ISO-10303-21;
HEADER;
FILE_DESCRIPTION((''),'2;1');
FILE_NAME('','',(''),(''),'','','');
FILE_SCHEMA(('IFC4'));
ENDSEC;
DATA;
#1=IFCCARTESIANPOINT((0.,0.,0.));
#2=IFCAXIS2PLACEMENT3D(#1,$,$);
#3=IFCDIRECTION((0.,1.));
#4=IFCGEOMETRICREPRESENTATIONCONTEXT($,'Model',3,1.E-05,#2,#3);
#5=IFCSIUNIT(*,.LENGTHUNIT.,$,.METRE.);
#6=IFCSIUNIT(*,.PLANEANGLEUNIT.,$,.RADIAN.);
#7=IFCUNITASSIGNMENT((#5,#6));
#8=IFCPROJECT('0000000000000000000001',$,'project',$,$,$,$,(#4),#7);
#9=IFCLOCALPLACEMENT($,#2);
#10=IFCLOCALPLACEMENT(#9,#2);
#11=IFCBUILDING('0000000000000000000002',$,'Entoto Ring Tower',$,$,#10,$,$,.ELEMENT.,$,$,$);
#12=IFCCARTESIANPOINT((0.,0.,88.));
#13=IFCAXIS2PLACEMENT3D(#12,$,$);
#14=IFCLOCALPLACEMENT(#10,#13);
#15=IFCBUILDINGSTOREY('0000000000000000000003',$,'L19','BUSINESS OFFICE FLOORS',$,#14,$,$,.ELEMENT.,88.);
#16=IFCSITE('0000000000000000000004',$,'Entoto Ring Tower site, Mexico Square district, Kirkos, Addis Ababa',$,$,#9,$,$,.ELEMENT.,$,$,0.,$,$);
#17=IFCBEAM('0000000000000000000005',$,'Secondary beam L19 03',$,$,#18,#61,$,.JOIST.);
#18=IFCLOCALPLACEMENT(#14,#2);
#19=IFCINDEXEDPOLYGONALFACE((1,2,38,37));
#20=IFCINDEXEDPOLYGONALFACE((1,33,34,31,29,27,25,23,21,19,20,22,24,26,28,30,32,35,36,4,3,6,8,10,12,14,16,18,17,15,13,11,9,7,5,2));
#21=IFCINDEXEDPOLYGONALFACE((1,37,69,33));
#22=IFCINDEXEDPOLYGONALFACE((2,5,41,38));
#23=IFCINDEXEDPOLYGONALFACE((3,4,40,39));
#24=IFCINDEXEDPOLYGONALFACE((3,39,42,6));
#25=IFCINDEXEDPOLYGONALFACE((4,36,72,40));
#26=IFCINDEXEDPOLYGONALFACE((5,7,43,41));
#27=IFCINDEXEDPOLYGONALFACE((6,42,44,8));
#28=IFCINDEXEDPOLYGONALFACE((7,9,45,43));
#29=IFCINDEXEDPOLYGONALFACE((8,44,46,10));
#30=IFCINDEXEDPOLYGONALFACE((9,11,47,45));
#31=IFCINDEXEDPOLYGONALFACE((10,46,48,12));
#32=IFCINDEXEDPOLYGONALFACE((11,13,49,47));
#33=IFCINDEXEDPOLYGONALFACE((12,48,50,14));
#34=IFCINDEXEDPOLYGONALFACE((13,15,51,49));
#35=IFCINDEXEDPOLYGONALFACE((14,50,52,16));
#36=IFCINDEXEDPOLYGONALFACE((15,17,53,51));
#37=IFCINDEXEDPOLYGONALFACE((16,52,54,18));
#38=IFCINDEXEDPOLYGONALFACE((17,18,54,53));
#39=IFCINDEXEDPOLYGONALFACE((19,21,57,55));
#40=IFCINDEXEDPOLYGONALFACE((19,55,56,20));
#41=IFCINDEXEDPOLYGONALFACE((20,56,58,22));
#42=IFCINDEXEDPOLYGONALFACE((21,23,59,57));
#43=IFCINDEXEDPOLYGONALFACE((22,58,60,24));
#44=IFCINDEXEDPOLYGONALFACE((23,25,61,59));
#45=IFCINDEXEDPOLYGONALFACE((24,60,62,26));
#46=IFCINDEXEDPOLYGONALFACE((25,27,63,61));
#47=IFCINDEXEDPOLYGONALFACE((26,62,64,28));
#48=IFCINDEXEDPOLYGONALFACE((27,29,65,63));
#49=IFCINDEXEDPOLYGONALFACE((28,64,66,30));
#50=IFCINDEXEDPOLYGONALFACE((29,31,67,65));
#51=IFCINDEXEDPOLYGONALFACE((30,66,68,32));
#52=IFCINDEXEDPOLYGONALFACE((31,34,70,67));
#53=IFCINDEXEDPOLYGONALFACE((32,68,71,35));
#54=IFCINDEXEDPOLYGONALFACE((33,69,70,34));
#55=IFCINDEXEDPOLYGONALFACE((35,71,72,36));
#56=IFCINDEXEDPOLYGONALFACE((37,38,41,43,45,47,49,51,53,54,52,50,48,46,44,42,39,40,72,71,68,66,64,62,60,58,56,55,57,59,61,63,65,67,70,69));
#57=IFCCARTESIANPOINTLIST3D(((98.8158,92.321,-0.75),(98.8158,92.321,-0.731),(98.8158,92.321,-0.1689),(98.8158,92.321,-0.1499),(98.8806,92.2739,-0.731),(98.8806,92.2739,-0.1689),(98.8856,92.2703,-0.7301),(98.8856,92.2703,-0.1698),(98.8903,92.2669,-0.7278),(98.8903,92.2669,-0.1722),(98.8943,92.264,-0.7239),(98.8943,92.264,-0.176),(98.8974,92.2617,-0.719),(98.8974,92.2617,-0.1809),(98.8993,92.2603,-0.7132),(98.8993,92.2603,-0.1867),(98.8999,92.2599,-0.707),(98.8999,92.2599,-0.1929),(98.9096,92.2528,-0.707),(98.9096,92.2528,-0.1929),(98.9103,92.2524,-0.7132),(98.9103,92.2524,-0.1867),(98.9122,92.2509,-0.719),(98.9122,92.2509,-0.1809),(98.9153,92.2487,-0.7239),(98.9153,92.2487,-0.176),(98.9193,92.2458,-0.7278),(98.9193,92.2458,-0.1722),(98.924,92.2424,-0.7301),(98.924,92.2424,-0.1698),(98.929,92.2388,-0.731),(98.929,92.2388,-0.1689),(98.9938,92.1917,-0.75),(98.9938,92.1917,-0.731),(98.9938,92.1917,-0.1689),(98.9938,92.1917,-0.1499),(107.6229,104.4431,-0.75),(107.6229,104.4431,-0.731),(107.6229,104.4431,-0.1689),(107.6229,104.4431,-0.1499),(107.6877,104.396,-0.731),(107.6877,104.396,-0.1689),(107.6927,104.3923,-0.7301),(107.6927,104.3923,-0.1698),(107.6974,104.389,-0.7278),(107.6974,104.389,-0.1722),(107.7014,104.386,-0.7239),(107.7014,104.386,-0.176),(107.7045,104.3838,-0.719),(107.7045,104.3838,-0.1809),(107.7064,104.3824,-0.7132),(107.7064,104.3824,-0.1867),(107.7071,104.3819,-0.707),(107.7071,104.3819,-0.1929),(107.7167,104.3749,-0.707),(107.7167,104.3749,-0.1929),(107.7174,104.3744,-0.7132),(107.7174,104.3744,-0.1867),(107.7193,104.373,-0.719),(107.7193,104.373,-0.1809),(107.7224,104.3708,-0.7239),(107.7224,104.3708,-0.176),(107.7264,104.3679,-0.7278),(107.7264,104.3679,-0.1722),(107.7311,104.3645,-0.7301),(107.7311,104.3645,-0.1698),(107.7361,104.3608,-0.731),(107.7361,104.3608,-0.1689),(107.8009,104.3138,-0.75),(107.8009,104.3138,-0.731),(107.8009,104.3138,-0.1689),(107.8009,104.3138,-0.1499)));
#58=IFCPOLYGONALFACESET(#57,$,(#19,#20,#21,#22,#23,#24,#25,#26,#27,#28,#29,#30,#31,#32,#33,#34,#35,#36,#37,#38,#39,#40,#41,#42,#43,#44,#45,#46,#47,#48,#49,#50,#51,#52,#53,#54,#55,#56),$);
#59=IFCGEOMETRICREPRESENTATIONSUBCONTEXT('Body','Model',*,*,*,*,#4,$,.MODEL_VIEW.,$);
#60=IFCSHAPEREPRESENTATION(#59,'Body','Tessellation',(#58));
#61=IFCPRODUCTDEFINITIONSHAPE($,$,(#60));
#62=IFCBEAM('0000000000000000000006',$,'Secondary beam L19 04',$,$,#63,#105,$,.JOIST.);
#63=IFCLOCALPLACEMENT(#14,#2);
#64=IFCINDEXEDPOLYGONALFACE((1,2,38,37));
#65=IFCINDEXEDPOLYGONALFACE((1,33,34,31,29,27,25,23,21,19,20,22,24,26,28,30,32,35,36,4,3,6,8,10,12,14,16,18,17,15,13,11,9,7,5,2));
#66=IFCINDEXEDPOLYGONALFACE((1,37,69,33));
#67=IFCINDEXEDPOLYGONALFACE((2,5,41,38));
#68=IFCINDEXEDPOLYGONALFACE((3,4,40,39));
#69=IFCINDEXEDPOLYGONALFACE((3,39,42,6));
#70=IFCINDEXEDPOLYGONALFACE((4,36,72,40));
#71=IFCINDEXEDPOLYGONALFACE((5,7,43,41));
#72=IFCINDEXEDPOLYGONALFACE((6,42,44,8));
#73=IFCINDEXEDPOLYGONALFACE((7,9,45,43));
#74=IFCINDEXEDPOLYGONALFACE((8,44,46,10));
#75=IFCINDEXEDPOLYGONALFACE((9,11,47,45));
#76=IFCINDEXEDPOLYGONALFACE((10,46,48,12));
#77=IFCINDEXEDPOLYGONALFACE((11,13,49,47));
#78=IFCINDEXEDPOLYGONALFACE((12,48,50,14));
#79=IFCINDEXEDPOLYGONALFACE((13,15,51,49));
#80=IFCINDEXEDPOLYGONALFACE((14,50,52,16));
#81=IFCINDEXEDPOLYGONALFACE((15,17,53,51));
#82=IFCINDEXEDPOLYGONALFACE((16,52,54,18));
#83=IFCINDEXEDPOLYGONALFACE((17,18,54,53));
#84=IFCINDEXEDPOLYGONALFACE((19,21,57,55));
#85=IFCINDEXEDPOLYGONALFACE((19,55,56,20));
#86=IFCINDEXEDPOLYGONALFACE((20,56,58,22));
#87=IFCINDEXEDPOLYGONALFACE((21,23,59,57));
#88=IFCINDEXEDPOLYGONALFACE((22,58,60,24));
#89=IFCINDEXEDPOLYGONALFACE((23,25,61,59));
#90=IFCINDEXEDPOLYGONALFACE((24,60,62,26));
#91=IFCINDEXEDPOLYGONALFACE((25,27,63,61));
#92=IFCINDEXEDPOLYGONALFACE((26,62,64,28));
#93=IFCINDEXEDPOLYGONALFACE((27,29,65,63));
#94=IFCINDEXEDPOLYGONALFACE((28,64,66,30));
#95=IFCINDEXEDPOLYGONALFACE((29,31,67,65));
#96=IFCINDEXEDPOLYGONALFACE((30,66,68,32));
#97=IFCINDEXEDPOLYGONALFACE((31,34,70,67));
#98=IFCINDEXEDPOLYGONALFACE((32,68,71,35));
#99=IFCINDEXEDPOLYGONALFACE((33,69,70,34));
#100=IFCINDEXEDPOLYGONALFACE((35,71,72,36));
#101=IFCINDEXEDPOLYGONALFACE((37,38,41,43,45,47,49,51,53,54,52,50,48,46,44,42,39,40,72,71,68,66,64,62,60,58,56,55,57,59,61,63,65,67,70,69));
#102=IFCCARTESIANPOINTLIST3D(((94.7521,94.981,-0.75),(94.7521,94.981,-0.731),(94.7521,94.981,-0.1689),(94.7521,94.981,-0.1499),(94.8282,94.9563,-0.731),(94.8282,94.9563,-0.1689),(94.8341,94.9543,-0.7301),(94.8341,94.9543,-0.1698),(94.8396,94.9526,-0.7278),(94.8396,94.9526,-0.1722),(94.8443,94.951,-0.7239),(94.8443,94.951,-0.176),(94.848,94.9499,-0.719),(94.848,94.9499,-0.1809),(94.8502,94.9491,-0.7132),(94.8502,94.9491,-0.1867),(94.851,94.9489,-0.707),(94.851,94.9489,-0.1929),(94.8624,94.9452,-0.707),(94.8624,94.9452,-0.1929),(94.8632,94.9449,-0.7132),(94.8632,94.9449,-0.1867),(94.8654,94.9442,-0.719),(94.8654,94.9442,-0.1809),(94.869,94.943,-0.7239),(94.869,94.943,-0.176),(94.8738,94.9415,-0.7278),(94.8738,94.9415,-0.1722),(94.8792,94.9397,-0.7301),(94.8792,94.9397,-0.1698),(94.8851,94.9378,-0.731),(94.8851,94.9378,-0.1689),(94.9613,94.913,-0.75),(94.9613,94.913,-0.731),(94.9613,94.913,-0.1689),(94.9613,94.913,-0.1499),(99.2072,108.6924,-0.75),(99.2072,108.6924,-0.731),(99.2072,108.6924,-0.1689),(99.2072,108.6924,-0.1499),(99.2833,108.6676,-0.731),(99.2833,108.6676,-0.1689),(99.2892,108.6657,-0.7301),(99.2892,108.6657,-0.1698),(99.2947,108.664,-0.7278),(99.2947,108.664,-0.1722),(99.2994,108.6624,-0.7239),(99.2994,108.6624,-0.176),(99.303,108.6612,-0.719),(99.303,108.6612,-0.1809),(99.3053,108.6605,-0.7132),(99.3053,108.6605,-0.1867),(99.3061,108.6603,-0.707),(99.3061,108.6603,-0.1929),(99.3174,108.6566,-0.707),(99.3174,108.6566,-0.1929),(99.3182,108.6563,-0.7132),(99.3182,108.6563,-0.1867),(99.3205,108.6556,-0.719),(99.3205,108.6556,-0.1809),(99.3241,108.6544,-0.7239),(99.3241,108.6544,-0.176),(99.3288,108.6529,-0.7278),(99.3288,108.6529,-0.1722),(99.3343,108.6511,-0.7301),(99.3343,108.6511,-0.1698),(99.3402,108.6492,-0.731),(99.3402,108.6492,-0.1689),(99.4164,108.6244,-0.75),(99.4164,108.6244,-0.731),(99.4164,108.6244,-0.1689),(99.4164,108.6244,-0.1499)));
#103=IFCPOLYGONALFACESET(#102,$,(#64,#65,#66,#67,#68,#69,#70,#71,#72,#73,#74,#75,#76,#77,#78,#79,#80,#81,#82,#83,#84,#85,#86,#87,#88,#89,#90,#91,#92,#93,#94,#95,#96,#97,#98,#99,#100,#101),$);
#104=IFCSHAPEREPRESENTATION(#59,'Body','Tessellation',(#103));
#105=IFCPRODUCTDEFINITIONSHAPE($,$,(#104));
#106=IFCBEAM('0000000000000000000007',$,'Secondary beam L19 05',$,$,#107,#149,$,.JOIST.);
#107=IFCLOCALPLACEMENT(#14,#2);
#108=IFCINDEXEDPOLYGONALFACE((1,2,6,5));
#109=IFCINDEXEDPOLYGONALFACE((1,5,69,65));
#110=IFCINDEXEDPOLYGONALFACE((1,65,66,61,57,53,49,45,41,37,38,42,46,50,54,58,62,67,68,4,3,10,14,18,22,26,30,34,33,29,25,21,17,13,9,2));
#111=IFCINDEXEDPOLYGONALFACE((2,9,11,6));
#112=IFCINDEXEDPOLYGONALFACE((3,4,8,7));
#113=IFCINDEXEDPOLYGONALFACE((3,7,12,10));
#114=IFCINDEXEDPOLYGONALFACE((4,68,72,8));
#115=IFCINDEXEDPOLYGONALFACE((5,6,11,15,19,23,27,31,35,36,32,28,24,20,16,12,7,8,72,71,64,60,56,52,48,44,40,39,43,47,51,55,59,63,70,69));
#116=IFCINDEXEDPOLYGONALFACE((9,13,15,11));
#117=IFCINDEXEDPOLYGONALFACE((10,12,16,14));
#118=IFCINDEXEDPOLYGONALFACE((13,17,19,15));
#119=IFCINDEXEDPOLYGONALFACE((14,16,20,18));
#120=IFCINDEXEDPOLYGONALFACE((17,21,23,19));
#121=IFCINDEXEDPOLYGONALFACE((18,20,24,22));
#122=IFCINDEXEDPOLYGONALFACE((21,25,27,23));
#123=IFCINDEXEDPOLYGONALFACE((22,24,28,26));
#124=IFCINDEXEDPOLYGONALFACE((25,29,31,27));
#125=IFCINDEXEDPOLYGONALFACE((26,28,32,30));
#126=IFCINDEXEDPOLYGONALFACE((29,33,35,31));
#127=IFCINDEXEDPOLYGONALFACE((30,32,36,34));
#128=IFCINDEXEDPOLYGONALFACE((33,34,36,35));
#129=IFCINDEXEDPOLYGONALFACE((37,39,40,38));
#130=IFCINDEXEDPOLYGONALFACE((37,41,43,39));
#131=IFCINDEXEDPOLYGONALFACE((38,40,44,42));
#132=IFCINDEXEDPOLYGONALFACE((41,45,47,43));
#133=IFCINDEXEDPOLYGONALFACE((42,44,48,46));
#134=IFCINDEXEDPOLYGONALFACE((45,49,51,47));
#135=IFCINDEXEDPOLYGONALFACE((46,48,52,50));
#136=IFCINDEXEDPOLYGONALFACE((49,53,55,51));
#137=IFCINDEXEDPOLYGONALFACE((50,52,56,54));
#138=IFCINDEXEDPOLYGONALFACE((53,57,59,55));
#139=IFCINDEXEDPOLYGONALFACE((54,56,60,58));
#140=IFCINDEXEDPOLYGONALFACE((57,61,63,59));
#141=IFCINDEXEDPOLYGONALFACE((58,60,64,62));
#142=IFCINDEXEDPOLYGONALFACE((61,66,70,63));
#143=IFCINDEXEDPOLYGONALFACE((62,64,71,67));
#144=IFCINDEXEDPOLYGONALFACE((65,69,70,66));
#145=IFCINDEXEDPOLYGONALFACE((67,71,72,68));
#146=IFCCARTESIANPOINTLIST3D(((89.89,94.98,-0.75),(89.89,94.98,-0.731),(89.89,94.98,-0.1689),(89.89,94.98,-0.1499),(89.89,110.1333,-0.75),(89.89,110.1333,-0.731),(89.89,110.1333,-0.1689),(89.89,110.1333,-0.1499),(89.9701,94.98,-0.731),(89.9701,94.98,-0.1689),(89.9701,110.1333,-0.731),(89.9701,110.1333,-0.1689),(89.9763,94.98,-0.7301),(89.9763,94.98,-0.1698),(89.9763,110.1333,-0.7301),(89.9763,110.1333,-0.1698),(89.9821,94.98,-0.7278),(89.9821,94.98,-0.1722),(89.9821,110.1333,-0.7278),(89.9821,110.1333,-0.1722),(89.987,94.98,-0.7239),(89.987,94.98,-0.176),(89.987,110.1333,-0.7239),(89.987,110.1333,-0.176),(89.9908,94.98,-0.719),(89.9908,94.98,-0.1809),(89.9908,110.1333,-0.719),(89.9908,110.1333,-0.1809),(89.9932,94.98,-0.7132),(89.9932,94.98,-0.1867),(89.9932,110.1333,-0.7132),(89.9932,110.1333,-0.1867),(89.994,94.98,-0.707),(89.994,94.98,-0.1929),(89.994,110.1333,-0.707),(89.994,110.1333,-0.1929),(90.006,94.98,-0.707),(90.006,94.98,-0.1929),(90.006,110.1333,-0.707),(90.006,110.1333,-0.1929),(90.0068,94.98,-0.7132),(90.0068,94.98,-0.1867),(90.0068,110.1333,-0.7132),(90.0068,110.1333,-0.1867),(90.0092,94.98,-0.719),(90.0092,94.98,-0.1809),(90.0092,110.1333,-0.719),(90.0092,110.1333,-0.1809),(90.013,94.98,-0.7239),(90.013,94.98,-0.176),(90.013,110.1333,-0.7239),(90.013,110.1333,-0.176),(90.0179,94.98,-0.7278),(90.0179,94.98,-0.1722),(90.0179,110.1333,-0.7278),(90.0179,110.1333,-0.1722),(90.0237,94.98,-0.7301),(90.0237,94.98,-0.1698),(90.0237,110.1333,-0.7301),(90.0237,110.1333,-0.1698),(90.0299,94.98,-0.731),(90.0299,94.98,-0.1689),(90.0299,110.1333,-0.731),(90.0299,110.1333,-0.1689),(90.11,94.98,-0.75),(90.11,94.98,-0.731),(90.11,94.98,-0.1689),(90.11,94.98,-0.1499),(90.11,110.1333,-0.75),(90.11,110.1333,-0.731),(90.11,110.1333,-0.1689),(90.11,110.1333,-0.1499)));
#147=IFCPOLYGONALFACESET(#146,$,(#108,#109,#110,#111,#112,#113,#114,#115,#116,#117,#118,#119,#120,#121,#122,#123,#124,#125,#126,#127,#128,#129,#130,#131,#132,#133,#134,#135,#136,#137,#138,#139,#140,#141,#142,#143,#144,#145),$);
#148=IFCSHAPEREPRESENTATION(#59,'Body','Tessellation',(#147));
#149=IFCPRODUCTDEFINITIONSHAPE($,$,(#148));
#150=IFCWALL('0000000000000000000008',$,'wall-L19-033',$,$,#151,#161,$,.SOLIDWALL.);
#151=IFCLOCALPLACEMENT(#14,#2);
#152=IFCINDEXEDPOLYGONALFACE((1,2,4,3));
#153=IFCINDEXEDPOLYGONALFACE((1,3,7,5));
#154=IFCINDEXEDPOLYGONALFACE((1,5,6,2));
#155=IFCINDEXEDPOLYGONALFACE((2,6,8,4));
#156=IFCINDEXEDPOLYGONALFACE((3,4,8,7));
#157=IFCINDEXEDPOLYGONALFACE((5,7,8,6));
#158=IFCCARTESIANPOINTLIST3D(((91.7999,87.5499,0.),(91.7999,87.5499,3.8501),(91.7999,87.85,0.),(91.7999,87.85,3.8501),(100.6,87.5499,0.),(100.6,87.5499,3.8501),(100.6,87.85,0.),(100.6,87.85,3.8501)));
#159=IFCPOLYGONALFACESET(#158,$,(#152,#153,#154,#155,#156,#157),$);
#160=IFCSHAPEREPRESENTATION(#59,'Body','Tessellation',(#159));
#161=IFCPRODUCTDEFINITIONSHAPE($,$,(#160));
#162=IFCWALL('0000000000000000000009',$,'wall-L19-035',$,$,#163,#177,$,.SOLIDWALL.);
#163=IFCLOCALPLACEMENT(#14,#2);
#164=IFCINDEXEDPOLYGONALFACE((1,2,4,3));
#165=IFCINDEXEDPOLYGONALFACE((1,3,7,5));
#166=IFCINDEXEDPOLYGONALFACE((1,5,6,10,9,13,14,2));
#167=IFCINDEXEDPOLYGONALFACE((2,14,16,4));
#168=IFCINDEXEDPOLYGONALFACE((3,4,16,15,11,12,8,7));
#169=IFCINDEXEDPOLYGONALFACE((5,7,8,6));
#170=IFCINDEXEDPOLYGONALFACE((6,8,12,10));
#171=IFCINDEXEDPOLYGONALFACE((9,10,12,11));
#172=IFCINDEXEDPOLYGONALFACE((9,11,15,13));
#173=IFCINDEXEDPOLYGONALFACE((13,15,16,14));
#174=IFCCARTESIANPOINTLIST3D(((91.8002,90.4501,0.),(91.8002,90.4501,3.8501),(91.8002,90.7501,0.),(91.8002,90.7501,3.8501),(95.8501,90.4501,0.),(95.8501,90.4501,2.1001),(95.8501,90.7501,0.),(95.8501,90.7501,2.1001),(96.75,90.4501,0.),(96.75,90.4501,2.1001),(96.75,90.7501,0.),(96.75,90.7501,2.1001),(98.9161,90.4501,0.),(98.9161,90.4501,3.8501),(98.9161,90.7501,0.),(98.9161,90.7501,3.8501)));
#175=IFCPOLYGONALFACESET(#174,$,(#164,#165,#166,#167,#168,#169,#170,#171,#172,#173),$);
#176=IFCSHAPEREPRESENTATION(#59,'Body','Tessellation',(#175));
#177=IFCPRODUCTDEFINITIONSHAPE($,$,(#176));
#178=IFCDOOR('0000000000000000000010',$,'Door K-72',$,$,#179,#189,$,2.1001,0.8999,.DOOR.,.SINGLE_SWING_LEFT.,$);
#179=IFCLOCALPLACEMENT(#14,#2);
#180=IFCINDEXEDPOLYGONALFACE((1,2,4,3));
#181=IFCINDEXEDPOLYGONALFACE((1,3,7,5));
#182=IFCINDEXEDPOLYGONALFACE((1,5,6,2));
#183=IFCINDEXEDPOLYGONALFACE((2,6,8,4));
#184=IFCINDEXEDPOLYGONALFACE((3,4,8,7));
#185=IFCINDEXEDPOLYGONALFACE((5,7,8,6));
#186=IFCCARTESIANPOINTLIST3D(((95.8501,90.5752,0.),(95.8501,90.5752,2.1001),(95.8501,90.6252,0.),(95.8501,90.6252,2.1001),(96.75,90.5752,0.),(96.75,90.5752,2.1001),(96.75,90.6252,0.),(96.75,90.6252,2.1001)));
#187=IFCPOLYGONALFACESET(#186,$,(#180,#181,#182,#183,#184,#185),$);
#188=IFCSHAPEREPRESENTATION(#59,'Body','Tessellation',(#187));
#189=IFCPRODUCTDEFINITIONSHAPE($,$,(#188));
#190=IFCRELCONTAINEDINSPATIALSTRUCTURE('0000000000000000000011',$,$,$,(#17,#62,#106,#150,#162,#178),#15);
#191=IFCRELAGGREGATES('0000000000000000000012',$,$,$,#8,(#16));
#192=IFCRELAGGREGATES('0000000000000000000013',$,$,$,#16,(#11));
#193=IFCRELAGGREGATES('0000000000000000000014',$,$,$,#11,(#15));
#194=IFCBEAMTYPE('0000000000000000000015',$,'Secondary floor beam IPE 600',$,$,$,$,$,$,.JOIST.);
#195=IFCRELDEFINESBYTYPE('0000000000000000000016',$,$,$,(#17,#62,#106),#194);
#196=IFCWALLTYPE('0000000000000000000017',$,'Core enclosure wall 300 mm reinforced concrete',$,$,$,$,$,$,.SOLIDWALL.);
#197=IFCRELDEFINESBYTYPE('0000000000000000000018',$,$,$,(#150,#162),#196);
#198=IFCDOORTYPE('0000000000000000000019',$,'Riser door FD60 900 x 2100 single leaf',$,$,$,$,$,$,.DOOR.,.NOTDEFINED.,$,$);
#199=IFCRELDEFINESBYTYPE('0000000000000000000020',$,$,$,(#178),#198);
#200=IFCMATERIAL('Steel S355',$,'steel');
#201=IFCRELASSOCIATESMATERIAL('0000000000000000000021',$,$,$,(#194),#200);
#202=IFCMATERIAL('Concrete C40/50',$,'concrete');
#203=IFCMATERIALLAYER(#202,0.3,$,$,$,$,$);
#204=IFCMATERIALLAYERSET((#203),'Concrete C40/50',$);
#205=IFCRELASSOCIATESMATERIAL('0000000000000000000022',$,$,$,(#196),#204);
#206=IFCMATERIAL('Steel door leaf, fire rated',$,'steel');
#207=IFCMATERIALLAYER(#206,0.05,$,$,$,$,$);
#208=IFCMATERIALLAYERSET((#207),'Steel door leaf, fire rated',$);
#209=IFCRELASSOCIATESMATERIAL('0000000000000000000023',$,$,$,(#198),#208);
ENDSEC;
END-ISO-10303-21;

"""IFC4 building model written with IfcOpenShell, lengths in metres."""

from ifc_helpers import new_model, si_unit, direction, frame, frame_2d, origin, origin_2d, place, context, subcontext, project, spatial, rectangle, i_section, extrude, material, layer, layer_set, material_profile, profile_set, type_object, element, fill, save


model = new_model("IFC4")

# Units and contexts
model_context = context("Model", 3, precision=1e-05, world=origin(), true_north=direction((0.0, 1.0)))
body_context = subcontext(model_context, "Body", "Model", "MODEL_VIEW")
ifc_project = project(units=[si_unit("LENGTHUNIT", "METRE"), si_unit("PLANEANGLEUNIT", "RADIAN")], contexts=[model_context])

# Site, building, storey
site_placement = place(None, origin())
site = spatial("IfcSite", under=ifc_project, at=site_placement, Name="Entoto Ring Tower site, Mexico Square district, Kirkos, Addis Ababa", CompositionType="ELEMENT", RefElevation=0.0)
building_placement = place(site_placement, origin())
building = spatial("IfcBuilding", under=site, at=building_placement, Name="Entoto Ring Tower", CompositionType="ELEMENT")
storey_placement = place(building_placement, frame((0.0, 0.0, 88.0)))
storey = spatial("IfcBuildingStorey", under=building, at=storey_placement, Name="L19", Description="BUSINESS OFFICE FLOORS", CompositionType="ELEMENT", Elevation=88.0)

# Beams
ifc_material_1 = material(Name="Steel S355", Category="steel")
ifc_material_profile_1 = material_profile(ifc_material_1, i_section(OverallWidth=0.22, OverallDepth=0.6001, WebThickness=0.012, FlangeThickness=0.019, FilletRadius=0.0239, at=origin_2d()), Name="IPE 600")
ifc_profile_set_1 = profile_set([ifc_material_profile_1], Name="Steel S355")
beam_type_1 = type_object("IfcBeamType", Name="Secondary floor beam IPE 600", PredefinedType="JOIST", material=ifc_profile_set_1)
beam_1_placement = place(storey_placement, frame((98.9048, 92.2563, -0.45), z_axis=(0.587782, 0.809019, 0.0), x_axis=(-0.809019, 0.587782, 0.0)))
element("IfcBeam", 1, at=beam_1_placement, inside=storey, type_object=beam_type_1, Name="Secondary beam L19 03", PredefinedType="JOIST", context=body_context, shape_type="SweptSolid", body=[
    extrude(i_section(OverallWidth=0.22, OverallDepth=0.6001, WebThickness=0.012, FlangeThickness=0.019, FilletRadius=0.0239, at=origin_2d()), origin(), (0.0, 0.0, 1.0), 14.9836),
])
beam_2_placement = place(storey_placement, frame((94.8567, 94.947, -0.45), z_axis=(0.309015, 0.951057, 0.0), x_axis=(-0.951057, 0.309015, 0.0)))
element("IfcBeam", 2, at=beam_2_placement, inside=storey, type_object=beam_type_1, Name="Secondary beam L19 04", PredefinedType="JOIST", context=body_context, shape_type="SweptSolid", body=[
    extrude(i_section(OverallWidth=0.22, OverallDepth=0.6001, WebThickness=0.012, FlangeThickness=0.019, FilletRadius=0.0239, at=origin_2d()), origin(), (0.0, 0.0, 1.0), 14.417),
])
beam_3_placement = place(storey_placement, frame((90.0, 94.98, -0.45), z_axis=(0.0, 1.0, 0.0), x_axis=(-1.0, 0.0, 0.0)))
element("IfcBeam", 3, at=beam_3_placement, inside=storey, type_object=beam_type_1, Name="Secondary beam L19 05", PredefinedType="JOIST", context=body_context, shape_type="SweptSolid", body=[
    extrude(i_section(OverallWidth=0.22, OverallDepth=0.6001, WebThickness=0.012, FlangeThickness=0.019, FilletRadius=0.0239, at=origin_2d()), origin(), (0.0, 0.0, 1.0), 15.1533),
])

# Wall
ifc_material_2 = material(Name="Concrete C40/50", Category="concrete")
ifc_layer_1 = layer(ifc_material_2, 0.3)
ifc_layer_set_1 = layer_set([ifc_layer_1], Name="Concrete C40/50")
wall_type_1 = type_object("IfcWallType", Name="Core enclosure wall 300 mm reinforced concrete", PredefinedType="SOLIDWALL", material=ifc_layer_set_1)
wall_1_placement = place(storey_placement, frame((91.8, 87.7, 0.0), z_axis=(0.0, 0.0, 1.0), x_axis=(1.0, 0.0, 0.0)))
element("IfcWall", 4, at=wall_1_placement, inside=storey, type_object=wall_type_1, Name="wall-L19-033", PredefinedType="SOLIDWALL", context=body_context, shape_type="SweptSolid", body=[
    extrude(rectangle(XDim=8.8, YDim=0.3, at=frame_2d((4.3999, 0.0))), origin(), (0.0, 0.0, 1.0), 3.8501),
])

# Wall, opening, door
wall_2_placement = place(storey_placement, frame((91.8, 90.6001, 0.0), z_axis=(0.0, 0.0, 1.0), x_axis=(1.0, 0.0, 0.0)))
wall_2 = element("IfcWall", 5, at=wall_2_placement, inside=storey, type_object=wall_type_1, Name="wall-L19-035", PredefinedType="SOLIDWALL", context=body_context, shape_type="SweptSolid", body=[
    extrude(rectangle(XDim=7.116, YDim=0.3, at=frame_2d((3.5581, 0.0))), origin(), (0.0, 0.0, 1.0), 3.8501),
])
opening_1_placement = place(wall_2_placement, frame((4.05, 0.0, 0.0)))
opening_1 = element("IfcOpeningElement", 6, at=opening_1_placement, cuts=wall_2, PredefinedType="OPENING", context=body_context, shape_type="SweptSolid", body=[
    extrude(rectangle(XDim=0.8999, YDim=2.1001, at=frame_2d((0.45, 1.05))), frame((0.0, 0.1602, 0.0), z_axis=(0.0, -1.0, 0.0), x_axis=(1.0, 0.0, 0.0)), (0.0, 0.0, 1.0), 0.3201),
])
ifc_material_3 = material(Name="Steel door leaf, fire rated", Category="steel")
ifc_layer_2 = layer(ifc_material_3, 0.05)
ifc_layer_set_2 = layer_set([ifc_layer_2], Name="Steel door leaf, fire rated")
door_type_1 = type_object("IfcDoorType", Name="Riser door FD60 900 x 2100 single leaf", OperationType="NOTDEFINED", PredefinedType="DOOR", material=ifc_layer_set_2)
door_1_placement = place(opening_1_placement, frame((0.8999, 0.0, 0.0), z_axis=(0.0, 0.0, 1.0), x_axis=(-1.0, 0.0, 0.0)))
door_1 = element("IfcDoor", 7, at=door_1_placement, inside=storey, type_object=door_type_1, Name="Door K-72", OperationType="SINGLE_SWING_LEFT", OverallHeight=2.1001, OverallWidth=0.8999, PredefinedType="DOOR", context=body_context, shape_type="SweptSolid", body=[
    extrude(rectangle(XDim=0.8999, YDim=2.1001, at=frame_2d((0.45, 1.05))), frame((0.0, 0.0249, 0.0), z_axis=(0.0, -1.0, 0.0), x_axis=(1.0, 0.0, 0.0)), (0.0, 0.0, 1.0), 0.05),
])
fill(opening_1, door_1)

save(model, "model.ifc")
